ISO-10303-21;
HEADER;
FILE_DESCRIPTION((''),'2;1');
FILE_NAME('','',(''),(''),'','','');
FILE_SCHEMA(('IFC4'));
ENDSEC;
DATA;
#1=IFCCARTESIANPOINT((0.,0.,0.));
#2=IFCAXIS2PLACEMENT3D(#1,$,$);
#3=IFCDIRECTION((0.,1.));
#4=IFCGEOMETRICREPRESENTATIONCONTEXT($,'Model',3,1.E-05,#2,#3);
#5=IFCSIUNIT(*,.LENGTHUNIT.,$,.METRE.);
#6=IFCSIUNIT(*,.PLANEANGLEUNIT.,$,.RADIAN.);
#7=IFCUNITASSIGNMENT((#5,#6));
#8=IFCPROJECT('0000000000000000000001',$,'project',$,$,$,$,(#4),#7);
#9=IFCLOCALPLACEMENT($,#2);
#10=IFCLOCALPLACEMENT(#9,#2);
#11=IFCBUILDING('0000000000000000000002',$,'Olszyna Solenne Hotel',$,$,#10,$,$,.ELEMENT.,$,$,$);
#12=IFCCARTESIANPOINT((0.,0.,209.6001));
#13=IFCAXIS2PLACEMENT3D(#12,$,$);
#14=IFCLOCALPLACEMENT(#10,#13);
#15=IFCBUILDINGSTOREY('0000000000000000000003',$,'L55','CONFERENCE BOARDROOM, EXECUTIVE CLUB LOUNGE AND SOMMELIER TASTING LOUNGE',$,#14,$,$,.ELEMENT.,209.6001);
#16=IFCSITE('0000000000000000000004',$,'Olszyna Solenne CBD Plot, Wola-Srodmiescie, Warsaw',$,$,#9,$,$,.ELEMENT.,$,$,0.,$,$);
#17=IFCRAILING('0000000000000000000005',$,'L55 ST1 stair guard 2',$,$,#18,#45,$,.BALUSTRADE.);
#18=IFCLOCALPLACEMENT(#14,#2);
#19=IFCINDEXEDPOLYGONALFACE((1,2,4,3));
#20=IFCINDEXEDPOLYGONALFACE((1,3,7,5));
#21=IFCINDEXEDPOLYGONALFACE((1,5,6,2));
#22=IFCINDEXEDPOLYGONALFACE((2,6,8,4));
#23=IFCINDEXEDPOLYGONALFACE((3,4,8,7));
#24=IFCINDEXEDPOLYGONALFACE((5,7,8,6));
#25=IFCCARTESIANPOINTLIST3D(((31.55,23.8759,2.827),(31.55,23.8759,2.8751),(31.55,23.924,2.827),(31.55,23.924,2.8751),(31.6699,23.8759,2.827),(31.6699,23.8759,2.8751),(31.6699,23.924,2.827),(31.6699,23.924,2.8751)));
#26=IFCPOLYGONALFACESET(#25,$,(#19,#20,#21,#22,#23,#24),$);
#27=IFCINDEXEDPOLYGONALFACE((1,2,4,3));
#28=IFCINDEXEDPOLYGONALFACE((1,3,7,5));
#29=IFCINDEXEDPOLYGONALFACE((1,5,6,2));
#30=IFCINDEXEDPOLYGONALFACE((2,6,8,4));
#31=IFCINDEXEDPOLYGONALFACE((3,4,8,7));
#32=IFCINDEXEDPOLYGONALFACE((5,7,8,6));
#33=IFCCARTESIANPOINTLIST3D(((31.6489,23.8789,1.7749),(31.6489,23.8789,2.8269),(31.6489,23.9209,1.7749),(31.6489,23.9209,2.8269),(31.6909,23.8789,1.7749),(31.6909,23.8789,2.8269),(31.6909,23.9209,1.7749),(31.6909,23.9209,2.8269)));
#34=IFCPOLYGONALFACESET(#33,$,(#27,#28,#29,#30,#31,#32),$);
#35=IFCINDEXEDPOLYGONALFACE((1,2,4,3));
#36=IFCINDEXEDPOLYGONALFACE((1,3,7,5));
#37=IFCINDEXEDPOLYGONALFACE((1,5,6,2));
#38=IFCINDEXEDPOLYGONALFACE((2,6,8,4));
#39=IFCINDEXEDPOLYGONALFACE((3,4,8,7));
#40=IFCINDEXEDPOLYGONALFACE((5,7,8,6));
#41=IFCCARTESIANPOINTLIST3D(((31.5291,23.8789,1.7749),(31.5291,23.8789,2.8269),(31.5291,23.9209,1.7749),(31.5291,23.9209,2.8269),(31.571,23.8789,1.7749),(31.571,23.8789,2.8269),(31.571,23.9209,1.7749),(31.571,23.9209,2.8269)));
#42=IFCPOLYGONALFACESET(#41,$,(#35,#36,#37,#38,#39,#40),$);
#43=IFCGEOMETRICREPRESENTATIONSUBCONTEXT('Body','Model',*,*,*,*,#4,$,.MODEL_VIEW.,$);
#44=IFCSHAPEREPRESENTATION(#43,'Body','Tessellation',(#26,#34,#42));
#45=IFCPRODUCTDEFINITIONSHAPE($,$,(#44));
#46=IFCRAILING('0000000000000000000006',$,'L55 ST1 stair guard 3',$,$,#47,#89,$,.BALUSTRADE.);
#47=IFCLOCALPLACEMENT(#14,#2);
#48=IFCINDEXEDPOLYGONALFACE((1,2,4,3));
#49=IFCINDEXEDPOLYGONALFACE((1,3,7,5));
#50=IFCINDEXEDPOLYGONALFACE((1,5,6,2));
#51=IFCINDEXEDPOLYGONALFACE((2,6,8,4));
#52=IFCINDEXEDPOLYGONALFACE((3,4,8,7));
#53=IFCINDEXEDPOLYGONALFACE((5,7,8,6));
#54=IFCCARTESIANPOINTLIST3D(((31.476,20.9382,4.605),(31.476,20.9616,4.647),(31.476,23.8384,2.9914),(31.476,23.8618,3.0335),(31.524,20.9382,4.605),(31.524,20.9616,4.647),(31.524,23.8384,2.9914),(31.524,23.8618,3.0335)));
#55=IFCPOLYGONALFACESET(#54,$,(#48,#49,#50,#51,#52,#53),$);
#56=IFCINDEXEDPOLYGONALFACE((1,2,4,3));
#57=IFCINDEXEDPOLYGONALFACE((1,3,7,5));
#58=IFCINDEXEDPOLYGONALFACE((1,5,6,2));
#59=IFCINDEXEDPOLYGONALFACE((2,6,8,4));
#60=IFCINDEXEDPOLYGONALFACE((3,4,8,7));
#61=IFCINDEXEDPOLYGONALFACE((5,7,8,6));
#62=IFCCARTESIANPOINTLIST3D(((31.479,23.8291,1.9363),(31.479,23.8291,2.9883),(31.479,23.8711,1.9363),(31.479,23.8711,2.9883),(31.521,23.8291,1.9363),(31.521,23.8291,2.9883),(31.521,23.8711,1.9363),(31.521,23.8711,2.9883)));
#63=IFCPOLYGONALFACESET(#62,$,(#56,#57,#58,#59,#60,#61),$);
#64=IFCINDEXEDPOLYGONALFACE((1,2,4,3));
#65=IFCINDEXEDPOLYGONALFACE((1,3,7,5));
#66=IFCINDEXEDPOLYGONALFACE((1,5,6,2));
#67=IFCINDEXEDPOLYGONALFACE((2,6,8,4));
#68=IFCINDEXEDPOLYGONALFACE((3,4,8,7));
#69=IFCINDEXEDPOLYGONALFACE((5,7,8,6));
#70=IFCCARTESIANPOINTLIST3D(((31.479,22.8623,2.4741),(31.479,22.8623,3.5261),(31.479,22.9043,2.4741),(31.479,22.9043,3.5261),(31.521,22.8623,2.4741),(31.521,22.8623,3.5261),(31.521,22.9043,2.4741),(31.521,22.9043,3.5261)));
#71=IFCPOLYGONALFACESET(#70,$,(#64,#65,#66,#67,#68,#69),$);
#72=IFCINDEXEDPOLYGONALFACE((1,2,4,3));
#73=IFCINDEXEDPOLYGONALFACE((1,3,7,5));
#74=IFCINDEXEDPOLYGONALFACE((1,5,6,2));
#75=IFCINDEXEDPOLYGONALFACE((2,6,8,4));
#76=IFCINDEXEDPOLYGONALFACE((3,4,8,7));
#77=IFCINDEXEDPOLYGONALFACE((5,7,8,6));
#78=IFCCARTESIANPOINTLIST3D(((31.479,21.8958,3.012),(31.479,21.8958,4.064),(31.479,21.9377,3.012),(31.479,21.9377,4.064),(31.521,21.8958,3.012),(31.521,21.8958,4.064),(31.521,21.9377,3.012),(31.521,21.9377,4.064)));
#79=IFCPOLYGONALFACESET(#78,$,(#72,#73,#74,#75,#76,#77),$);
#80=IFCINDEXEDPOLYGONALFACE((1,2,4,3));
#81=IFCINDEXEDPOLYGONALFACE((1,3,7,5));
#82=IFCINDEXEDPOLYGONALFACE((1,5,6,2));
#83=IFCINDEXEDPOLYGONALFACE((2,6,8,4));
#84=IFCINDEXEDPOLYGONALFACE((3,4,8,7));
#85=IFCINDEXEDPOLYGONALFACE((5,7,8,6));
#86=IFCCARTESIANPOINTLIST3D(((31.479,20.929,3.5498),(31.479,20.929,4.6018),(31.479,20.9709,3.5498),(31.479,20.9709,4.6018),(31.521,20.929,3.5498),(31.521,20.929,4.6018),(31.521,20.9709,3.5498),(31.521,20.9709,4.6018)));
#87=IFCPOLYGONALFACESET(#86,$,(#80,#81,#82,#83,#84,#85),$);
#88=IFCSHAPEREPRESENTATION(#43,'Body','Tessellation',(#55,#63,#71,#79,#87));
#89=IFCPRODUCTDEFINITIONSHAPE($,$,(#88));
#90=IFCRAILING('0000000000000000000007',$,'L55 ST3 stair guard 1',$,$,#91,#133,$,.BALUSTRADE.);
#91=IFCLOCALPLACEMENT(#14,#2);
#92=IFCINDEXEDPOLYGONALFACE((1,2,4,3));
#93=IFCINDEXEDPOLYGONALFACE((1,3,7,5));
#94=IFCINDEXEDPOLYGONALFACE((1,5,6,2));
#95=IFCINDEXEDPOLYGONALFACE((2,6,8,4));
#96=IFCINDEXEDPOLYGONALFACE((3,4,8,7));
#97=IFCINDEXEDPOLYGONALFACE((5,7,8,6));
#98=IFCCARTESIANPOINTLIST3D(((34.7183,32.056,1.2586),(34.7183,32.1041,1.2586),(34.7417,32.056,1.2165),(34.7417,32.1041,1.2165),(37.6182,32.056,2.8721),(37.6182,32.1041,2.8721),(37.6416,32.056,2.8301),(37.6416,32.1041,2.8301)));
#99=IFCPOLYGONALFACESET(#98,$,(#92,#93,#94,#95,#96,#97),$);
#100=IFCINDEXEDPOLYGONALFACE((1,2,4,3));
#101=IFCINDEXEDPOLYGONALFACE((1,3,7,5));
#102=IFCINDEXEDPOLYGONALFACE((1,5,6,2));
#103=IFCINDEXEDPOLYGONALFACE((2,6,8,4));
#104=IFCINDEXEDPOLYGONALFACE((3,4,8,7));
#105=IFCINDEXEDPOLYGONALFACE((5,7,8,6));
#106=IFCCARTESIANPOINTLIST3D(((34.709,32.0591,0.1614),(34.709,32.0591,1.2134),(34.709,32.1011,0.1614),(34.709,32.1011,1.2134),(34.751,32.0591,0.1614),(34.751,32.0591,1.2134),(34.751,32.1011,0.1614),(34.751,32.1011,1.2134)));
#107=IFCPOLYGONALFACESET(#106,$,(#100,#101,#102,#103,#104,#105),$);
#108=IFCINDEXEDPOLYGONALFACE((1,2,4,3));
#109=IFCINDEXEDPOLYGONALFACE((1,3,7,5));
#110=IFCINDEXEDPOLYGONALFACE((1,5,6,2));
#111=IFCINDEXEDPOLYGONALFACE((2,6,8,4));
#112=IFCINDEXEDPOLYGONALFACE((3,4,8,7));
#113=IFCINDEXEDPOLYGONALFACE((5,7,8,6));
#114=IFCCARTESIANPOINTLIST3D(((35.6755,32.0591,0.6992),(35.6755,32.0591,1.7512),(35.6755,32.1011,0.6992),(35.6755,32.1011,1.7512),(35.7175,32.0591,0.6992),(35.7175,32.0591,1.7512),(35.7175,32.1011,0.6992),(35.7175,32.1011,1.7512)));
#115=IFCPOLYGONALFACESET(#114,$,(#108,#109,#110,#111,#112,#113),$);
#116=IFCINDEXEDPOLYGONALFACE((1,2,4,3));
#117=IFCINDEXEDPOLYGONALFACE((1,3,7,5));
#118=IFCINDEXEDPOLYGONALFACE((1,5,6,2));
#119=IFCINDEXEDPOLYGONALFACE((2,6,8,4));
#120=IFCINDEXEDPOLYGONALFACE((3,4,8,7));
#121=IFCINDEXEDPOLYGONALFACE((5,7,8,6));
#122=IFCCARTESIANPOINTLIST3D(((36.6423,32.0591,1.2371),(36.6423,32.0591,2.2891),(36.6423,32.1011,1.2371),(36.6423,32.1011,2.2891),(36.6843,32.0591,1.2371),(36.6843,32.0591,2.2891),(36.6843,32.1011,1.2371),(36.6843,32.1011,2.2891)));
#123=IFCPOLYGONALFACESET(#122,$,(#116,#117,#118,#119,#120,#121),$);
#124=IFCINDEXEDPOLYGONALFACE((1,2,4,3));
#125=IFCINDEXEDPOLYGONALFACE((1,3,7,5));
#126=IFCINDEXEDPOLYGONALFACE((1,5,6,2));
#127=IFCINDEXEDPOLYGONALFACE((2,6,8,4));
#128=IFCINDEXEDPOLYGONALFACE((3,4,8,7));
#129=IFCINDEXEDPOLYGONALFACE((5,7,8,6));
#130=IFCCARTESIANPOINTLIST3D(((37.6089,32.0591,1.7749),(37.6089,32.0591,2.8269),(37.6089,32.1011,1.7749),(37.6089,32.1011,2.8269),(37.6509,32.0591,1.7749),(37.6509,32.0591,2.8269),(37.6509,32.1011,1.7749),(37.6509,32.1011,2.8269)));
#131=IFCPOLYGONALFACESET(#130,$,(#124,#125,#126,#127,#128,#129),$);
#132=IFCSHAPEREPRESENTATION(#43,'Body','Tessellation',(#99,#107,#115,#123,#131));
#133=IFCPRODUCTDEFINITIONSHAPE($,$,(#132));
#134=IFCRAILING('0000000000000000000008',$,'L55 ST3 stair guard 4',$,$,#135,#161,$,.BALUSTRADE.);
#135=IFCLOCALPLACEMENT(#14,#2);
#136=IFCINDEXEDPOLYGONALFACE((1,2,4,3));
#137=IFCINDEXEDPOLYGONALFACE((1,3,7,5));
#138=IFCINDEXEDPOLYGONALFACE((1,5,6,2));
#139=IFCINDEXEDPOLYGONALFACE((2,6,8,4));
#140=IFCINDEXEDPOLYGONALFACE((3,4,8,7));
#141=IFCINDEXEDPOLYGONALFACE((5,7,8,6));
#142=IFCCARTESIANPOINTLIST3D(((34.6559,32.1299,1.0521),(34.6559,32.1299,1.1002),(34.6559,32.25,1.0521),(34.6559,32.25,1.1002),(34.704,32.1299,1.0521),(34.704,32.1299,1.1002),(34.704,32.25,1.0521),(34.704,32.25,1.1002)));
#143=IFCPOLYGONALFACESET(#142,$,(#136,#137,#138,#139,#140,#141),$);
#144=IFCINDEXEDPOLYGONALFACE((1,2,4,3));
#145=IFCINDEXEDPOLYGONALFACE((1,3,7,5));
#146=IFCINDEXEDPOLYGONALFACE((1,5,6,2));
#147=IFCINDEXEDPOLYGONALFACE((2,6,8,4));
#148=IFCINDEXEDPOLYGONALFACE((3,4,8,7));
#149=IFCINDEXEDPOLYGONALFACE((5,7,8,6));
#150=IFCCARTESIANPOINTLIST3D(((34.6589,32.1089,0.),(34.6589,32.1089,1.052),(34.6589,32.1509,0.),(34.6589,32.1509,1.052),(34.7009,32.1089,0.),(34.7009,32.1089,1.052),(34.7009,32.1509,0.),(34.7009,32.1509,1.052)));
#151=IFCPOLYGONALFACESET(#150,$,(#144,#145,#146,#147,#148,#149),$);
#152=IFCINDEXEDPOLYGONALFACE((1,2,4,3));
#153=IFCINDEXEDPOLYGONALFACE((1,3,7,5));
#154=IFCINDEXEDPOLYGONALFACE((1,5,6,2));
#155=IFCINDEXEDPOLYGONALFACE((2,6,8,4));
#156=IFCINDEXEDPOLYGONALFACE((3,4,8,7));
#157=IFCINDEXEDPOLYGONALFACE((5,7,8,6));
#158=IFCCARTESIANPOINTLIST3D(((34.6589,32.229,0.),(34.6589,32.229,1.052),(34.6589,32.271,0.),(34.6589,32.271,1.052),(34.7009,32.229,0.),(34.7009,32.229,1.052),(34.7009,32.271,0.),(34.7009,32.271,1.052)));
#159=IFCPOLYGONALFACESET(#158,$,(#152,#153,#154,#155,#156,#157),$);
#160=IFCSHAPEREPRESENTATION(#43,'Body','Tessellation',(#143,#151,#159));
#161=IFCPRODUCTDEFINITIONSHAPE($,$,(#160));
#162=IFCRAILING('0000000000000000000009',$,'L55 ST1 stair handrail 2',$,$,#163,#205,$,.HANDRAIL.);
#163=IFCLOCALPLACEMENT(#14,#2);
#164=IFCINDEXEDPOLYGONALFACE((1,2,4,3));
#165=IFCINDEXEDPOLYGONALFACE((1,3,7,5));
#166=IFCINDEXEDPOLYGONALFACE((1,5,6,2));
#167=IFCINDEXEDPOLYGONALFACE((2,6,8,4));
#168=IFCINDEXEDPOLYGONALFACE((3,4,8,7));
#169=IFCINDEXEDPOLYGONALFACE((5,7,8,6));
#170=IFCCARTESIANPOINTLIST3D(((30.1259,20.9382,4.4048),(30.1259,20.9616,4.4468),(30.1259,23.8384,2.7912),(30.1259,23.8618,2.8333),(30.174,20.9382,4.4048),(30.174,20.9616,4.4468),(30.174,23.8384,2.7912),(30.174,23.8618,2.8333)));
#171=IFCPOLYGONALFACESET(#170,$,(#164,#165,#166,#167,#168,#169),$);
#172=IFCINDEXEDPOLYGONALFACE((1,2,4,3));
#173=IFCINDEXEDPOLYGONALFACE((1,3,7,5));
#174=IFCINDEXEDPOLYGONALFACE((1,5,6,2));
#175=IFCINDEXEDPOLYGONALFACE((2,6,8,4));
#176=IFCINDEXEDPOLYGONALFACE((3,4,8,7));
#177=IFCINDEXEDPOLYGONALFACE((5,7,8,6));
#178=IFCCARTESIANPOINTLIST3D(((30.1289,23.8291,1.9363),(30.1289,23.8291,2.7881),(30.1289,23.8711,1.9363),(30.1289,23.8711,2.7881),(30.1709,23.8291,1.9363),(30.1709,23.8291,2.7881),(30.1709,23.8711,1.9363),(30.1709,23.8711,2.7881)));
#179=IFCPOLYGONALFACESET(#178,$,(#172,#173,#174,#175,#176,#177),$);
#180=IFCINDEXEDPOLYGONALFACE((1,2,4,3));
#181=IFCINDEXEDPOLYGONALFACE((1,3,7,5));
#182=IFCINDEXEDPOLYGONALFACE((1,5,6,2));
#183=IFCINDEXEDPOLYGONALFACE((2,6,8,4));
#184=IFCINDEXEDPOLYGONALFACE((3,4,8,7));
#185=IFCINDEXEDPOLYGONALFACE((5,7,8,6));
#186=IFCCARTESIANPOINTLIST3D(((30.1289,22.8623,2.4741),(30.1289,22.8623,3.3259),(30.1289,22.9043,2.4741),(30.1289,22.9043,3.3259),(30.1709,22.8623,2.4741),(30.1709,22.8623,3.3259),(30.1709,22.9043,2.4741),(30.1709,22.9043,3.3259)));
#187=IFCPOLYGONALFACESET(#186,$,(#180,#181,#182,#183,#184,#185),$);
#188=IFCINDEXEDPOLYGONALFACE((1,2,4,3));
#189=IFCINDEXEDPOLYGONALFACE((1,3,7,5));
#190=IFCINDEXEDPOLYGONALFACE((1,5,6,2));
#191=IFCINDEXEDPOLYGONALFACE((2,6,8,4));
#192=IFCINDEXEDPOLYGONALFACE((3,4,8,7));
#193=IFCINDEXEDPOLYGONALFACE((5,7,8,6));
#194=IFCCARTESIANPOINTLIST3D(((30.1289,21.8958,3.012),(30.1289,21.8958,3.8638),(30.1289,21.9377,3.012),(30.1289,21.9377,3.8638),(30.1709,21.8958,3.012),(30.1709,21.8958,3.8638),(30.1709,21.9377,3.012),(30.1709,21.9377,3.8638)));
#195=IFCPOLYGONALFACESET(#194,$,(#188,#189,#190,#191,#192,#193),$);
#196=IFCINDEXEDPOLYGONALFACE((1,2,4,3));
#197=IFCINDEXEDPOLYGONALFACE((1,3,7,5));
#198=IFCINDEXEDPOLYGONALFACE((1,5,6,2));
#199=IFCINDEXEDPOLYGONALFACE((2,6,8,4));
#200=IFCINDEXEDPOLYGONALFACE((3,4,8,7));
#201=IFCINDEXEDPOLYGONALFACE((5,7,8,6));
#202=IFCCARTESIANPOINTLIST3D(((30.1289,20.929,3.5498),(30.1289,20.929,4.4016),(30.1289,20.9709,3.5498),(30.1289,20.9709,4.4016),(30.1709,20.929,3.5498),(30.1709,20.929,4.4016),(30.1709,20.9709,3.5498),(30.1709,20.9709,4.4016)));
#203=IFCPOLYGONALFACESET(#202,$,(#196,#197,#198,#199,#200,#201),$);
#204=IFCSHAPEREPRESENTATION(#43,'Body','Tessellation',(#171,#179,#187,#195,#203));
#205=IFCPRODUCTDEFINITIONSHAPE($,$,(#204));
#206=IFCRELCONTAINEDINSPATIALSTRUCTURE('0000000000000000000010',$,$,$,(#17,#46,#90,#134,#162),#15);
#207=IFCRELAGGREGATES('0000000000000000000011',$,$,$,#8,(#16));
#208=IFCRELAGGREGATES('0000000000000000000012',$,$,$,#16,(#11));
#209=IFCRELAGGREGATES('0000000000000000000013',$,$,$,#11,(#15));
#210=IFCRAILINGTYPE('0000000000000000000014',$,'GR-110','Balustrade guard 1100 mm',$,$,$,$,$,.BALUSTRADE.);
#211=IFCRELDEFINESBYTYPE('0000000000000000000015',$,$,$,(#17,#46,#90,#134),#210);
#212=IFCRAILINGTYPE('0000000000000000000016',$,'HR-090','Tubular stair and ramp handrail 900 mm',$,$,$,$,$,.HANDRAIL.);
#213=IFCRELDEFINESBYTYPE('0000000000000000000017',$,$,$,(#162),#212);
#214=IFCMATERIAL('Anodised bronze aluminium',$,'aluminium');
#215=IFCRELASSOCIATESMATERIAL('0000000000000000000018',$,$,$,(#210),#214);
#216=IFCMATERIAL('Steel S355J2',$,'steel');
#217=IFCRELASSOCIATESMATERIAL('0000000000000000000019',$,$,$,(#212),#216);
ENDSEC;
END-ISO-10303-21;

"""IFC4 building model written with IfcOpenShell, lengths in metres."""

from ifc_helpers import new_model, si_unit, direction, frame, origin, origin_2d, place, context, subcontext, project, spatial, rectangle, extrude, material, type_object, element, save


model = new_model("IFC4")

# Units and contexts
model_context = context("Model", 3, precision=1e-05, world=origin(), true_north=direction((0.0, 1.0)))
body_context = subcontext(model_context, "Body", "Model", "MODEL_VIEW")
ifc_project = project(units=[si_unit("LENGTHUNIT", "METRE"), si_unit("PLANEANGLEUNIT", "RADIAN")], contexts=[model_context])

# Site, building, storey
site_placement = place(None, origin())
site = spatial("IfcSite", under=ifc_project, at=site_placement, Name="Olszyna Solenne CBD Plot, Wola-Srodmiescie, Warsaw", CompositionType="ELEMENT", RefElevation=0.0)
building_placement = place(site_placement, origin())
building = spatial("IfcBuilding", under=site, at=building_placement, Name="Olszyna Solenne Hotel", CompositionType="ELEMENT")
storey_placement = place(building_placement, frame((0.0, 0.0, 209.6001)))
storey = spatial("IfcBuildingStorey", under=building, at=storey_placement, Name="L55", Description="CONFERENCE BOARDROOM, EXECUTIVE CLUB LOUNGE AND SOMMELIER TASTING LOUNGE", CompositionType="ELEMENT", Elevation=209.6001)

# Shared definitions
ifc_material_1 = material(Name="Steel S355J2", Category="steel")

# Shared definitions
ifc_material_2 = material(Name="Anodised bronze aluminium", Category="aluminium")

# Railings
railing_type_1 = type_object("IfcRailingType", Name="GR-110", Description="Balustrade guard 1100 mm", PredefinedType="BALUSTRADE", material=ifc_material_2)
railing_1_placement = place(storey_placement, frame((31.6699, 23.8999, 1.7749)))
element("IfcRailing", 1, at=railing_1_placement, inside=storey, type_object=railing_type_1, Name="L55 ST1 stair guard 2", PredefinedType="BALUSTRADE", context=body_context, shape_type="SweptSolid", body=[
    extrude(rectangle(XDim=0.0481, YDim=0.0481, at=origin_2d()), frame((0.0, 0.0, 1.0762), z_axis=(-1.0, 0.0, 0.0), x_axis=(0.0, -1.0, 0.0)), (0.0, 0.0, 1.0), 0.1199),
    extrude(rectangle(XDim=0.042, YDim=0.042, at=origin_2d()), origin(), (0.0, 0.0, 1.0), 1.052),
    extrude(rectangle(XDim=0.042, YDim=0.042, at=origin_2d()), frame((-0.1199, 0.0, 0.0)), (0.0, 0.0, 1.0), 1.052),
])
railing_2_placement = place(storey_placement, frame((31.5, 23.8501, 1.9363)))
element("IfcRailing", 2, at=railing_2_placement, inside=storey, type_object=railing_type_1, Name="L55 ST1 stair guard 3", PredefinedType="BALUSTRADE", context=body_context, shape_type="SweptSolid", body=[
    extrude(rectangle(XDim=0.0481, YDim=0.0481, at=origin_2d()), frame((0.0, 0.0, 1.0762), z_axis=(0.0, -0.873859, 0.48618), x_axis=(1.0, 0.0, 0.0)), (0.0, 0.0, 1.0), 3.3188),
    extrude(rectangle(XDim=0.042, YDim=0.042, at=origin_2d()), origin(), (0.0, 0.0, 1.0), 1.052),
    extrude(rectangle(XDim=0.042, YDim=0.042, at=origin_2d()), frame((0.0, -0.9668, 0.5378)), (0.0, 0.0, 1.0), 1.052),
    extrude(rectangle(XDim=0.042, YDim=0.042, at=origin_2d()), frame((0.0, -1.9333, 1.0757)), (0.0, 0.0, 1.0), 1.052),
    extrude(rectangle(XDim=0.042, YDim=0.042, at=origin_2d()), frame((0.0, -2.9001, 1.6135)), (0.0, 0.0, 1.0), 1.052),
])
railing_3_placement = place(storey_placement, frame((34.73, 32.0801, 0.1614)))
element("IfcRailing", 3, at=railing_3_placement, inside=storey, type_object=railing_type_1, Name="L55 ST3 stair guard 1", PredefinedType="BALUSTRADE", context=body_context, shape_type="SweptSolid", body=[
    extrude(rectangle(XDim=0.0481, YDim=0.0481, at=origin_2d()), frame((0.0, 0.0, 1.0762), z_axis=(0.873841, 0.0, 0.486211), x_axis=(0.0, 1.0, 0.0)), (0.0, 0.0, 1.0), 3.3186),
    extrude(rectangle(XDim=0.042, YDim=0.042, at=origin_2d()), origin(), (0.0, 0.0, 1.0), 1.052),
    extrude(rectangle(XDim=0.042, YDim=0.042, at=origin_2d()), frame((0.9666, 0.0, 0.5378)), (0.0, 0.0, 1.0), 1.052),
    extrude(rectangle(XDim=0.042, YDim=0.042, at=origin_2d()), frame((1.9333, 0.0, 1.0757)), (0.0, 0.0, 1.0), 1.052),
    extrude(rectangle(XDim=0.042, YDim=0.042, at=origin_2d()), frame((2.8999, 0.0, 1.6135)), (0.0, 0.0, 1.0), 1.052),
])
railing_4_placement = place(storey_placement, frame((34.6799, 32.1299, 0.0)))
element("IfcRailing", 4, at=railing_4_placement, inside=storey, type_object=railing_type_1, Name="L55 ST3 stair guard 4", PredefinedType="BALUSTRADE", context=body_context, shape_type="SweptSolid", body=[
    extrude(rectangle(XDim=0.0481, YDim=0.0481, at=origin_2d()), frame((0.0, 0.0, 1.0762), z_axis=(0.0, 1.0, 0.0), x_axis=(-1.0, 0.0, 0.0)), (0.0, 0.0, 1.0), 0.1201),
    extrude(rectangle(XDim=0.042, YDim=0.042, at=origin_2d()), origin(), (0.0, 0.0, 1.0), 1.052),
    extrude(rectangle(XDim=0.042, YDim=0.042, at=origin_2d()), frame((0.0, 0.1201, 0.0)), (0.0, 0.0, 1.0), 1.052),
])
railing_type_2 = type_object("IfcRailingType", Name="HR-090", Description="Tubular stair and ramp handrail 900 mm", PredefinedType="HANDRAIL", material=ifc_material_1)
railing_5_placement = place(storey_placement, frame((30.1499, 23.8501, 1.9363)))
element("IfcRailing", 5, at=railing_5_placement, inside=storey, type_object=railing_type_2, Name="L55 ST1 stair handrail 2", PredefinedType="HANDRAIL", context=body_context, shape_type="SweptSolid", body=[
    extrude(rectangle(XDim=0.0481, YDim=0.0481, at=origin_2d()), frame((0.0, 0.0, 0.876), z_axis=(0.0, -0.873859, 0.48618), x_axis=(1.0, 0.0, 0.0)), (0.0, 0.0, 1.0), 3.3188),
    extrude(rectangle(XDim=0.042, YDim=0.042, at=origin_2d()), origin(), (0.0, 0.0, 1.0), 0.8518),
    extrude(rectangle(XDim=0.042, YDim=0.042, at=origin_2d()), frame((0.0, -0.9668, 0.5378)), (0.0, 0.0, 1.0), 0.8518),
    extrude(rectangle(XDim=0.042, YDim=0.042, at=origin_2d()), frame((0.0, -1.9333, 1.0757)), (0.0, 0.0, 1.0), 0.8518),
    extrude(rectangle(XDim=0.042, YDim=0.042, at=origin_2d()), frame((0.0, -2.9001, 1.6135)), (0.0, 0.0, 1.0), 0.8518),
])

save(model, "model.ifc")
